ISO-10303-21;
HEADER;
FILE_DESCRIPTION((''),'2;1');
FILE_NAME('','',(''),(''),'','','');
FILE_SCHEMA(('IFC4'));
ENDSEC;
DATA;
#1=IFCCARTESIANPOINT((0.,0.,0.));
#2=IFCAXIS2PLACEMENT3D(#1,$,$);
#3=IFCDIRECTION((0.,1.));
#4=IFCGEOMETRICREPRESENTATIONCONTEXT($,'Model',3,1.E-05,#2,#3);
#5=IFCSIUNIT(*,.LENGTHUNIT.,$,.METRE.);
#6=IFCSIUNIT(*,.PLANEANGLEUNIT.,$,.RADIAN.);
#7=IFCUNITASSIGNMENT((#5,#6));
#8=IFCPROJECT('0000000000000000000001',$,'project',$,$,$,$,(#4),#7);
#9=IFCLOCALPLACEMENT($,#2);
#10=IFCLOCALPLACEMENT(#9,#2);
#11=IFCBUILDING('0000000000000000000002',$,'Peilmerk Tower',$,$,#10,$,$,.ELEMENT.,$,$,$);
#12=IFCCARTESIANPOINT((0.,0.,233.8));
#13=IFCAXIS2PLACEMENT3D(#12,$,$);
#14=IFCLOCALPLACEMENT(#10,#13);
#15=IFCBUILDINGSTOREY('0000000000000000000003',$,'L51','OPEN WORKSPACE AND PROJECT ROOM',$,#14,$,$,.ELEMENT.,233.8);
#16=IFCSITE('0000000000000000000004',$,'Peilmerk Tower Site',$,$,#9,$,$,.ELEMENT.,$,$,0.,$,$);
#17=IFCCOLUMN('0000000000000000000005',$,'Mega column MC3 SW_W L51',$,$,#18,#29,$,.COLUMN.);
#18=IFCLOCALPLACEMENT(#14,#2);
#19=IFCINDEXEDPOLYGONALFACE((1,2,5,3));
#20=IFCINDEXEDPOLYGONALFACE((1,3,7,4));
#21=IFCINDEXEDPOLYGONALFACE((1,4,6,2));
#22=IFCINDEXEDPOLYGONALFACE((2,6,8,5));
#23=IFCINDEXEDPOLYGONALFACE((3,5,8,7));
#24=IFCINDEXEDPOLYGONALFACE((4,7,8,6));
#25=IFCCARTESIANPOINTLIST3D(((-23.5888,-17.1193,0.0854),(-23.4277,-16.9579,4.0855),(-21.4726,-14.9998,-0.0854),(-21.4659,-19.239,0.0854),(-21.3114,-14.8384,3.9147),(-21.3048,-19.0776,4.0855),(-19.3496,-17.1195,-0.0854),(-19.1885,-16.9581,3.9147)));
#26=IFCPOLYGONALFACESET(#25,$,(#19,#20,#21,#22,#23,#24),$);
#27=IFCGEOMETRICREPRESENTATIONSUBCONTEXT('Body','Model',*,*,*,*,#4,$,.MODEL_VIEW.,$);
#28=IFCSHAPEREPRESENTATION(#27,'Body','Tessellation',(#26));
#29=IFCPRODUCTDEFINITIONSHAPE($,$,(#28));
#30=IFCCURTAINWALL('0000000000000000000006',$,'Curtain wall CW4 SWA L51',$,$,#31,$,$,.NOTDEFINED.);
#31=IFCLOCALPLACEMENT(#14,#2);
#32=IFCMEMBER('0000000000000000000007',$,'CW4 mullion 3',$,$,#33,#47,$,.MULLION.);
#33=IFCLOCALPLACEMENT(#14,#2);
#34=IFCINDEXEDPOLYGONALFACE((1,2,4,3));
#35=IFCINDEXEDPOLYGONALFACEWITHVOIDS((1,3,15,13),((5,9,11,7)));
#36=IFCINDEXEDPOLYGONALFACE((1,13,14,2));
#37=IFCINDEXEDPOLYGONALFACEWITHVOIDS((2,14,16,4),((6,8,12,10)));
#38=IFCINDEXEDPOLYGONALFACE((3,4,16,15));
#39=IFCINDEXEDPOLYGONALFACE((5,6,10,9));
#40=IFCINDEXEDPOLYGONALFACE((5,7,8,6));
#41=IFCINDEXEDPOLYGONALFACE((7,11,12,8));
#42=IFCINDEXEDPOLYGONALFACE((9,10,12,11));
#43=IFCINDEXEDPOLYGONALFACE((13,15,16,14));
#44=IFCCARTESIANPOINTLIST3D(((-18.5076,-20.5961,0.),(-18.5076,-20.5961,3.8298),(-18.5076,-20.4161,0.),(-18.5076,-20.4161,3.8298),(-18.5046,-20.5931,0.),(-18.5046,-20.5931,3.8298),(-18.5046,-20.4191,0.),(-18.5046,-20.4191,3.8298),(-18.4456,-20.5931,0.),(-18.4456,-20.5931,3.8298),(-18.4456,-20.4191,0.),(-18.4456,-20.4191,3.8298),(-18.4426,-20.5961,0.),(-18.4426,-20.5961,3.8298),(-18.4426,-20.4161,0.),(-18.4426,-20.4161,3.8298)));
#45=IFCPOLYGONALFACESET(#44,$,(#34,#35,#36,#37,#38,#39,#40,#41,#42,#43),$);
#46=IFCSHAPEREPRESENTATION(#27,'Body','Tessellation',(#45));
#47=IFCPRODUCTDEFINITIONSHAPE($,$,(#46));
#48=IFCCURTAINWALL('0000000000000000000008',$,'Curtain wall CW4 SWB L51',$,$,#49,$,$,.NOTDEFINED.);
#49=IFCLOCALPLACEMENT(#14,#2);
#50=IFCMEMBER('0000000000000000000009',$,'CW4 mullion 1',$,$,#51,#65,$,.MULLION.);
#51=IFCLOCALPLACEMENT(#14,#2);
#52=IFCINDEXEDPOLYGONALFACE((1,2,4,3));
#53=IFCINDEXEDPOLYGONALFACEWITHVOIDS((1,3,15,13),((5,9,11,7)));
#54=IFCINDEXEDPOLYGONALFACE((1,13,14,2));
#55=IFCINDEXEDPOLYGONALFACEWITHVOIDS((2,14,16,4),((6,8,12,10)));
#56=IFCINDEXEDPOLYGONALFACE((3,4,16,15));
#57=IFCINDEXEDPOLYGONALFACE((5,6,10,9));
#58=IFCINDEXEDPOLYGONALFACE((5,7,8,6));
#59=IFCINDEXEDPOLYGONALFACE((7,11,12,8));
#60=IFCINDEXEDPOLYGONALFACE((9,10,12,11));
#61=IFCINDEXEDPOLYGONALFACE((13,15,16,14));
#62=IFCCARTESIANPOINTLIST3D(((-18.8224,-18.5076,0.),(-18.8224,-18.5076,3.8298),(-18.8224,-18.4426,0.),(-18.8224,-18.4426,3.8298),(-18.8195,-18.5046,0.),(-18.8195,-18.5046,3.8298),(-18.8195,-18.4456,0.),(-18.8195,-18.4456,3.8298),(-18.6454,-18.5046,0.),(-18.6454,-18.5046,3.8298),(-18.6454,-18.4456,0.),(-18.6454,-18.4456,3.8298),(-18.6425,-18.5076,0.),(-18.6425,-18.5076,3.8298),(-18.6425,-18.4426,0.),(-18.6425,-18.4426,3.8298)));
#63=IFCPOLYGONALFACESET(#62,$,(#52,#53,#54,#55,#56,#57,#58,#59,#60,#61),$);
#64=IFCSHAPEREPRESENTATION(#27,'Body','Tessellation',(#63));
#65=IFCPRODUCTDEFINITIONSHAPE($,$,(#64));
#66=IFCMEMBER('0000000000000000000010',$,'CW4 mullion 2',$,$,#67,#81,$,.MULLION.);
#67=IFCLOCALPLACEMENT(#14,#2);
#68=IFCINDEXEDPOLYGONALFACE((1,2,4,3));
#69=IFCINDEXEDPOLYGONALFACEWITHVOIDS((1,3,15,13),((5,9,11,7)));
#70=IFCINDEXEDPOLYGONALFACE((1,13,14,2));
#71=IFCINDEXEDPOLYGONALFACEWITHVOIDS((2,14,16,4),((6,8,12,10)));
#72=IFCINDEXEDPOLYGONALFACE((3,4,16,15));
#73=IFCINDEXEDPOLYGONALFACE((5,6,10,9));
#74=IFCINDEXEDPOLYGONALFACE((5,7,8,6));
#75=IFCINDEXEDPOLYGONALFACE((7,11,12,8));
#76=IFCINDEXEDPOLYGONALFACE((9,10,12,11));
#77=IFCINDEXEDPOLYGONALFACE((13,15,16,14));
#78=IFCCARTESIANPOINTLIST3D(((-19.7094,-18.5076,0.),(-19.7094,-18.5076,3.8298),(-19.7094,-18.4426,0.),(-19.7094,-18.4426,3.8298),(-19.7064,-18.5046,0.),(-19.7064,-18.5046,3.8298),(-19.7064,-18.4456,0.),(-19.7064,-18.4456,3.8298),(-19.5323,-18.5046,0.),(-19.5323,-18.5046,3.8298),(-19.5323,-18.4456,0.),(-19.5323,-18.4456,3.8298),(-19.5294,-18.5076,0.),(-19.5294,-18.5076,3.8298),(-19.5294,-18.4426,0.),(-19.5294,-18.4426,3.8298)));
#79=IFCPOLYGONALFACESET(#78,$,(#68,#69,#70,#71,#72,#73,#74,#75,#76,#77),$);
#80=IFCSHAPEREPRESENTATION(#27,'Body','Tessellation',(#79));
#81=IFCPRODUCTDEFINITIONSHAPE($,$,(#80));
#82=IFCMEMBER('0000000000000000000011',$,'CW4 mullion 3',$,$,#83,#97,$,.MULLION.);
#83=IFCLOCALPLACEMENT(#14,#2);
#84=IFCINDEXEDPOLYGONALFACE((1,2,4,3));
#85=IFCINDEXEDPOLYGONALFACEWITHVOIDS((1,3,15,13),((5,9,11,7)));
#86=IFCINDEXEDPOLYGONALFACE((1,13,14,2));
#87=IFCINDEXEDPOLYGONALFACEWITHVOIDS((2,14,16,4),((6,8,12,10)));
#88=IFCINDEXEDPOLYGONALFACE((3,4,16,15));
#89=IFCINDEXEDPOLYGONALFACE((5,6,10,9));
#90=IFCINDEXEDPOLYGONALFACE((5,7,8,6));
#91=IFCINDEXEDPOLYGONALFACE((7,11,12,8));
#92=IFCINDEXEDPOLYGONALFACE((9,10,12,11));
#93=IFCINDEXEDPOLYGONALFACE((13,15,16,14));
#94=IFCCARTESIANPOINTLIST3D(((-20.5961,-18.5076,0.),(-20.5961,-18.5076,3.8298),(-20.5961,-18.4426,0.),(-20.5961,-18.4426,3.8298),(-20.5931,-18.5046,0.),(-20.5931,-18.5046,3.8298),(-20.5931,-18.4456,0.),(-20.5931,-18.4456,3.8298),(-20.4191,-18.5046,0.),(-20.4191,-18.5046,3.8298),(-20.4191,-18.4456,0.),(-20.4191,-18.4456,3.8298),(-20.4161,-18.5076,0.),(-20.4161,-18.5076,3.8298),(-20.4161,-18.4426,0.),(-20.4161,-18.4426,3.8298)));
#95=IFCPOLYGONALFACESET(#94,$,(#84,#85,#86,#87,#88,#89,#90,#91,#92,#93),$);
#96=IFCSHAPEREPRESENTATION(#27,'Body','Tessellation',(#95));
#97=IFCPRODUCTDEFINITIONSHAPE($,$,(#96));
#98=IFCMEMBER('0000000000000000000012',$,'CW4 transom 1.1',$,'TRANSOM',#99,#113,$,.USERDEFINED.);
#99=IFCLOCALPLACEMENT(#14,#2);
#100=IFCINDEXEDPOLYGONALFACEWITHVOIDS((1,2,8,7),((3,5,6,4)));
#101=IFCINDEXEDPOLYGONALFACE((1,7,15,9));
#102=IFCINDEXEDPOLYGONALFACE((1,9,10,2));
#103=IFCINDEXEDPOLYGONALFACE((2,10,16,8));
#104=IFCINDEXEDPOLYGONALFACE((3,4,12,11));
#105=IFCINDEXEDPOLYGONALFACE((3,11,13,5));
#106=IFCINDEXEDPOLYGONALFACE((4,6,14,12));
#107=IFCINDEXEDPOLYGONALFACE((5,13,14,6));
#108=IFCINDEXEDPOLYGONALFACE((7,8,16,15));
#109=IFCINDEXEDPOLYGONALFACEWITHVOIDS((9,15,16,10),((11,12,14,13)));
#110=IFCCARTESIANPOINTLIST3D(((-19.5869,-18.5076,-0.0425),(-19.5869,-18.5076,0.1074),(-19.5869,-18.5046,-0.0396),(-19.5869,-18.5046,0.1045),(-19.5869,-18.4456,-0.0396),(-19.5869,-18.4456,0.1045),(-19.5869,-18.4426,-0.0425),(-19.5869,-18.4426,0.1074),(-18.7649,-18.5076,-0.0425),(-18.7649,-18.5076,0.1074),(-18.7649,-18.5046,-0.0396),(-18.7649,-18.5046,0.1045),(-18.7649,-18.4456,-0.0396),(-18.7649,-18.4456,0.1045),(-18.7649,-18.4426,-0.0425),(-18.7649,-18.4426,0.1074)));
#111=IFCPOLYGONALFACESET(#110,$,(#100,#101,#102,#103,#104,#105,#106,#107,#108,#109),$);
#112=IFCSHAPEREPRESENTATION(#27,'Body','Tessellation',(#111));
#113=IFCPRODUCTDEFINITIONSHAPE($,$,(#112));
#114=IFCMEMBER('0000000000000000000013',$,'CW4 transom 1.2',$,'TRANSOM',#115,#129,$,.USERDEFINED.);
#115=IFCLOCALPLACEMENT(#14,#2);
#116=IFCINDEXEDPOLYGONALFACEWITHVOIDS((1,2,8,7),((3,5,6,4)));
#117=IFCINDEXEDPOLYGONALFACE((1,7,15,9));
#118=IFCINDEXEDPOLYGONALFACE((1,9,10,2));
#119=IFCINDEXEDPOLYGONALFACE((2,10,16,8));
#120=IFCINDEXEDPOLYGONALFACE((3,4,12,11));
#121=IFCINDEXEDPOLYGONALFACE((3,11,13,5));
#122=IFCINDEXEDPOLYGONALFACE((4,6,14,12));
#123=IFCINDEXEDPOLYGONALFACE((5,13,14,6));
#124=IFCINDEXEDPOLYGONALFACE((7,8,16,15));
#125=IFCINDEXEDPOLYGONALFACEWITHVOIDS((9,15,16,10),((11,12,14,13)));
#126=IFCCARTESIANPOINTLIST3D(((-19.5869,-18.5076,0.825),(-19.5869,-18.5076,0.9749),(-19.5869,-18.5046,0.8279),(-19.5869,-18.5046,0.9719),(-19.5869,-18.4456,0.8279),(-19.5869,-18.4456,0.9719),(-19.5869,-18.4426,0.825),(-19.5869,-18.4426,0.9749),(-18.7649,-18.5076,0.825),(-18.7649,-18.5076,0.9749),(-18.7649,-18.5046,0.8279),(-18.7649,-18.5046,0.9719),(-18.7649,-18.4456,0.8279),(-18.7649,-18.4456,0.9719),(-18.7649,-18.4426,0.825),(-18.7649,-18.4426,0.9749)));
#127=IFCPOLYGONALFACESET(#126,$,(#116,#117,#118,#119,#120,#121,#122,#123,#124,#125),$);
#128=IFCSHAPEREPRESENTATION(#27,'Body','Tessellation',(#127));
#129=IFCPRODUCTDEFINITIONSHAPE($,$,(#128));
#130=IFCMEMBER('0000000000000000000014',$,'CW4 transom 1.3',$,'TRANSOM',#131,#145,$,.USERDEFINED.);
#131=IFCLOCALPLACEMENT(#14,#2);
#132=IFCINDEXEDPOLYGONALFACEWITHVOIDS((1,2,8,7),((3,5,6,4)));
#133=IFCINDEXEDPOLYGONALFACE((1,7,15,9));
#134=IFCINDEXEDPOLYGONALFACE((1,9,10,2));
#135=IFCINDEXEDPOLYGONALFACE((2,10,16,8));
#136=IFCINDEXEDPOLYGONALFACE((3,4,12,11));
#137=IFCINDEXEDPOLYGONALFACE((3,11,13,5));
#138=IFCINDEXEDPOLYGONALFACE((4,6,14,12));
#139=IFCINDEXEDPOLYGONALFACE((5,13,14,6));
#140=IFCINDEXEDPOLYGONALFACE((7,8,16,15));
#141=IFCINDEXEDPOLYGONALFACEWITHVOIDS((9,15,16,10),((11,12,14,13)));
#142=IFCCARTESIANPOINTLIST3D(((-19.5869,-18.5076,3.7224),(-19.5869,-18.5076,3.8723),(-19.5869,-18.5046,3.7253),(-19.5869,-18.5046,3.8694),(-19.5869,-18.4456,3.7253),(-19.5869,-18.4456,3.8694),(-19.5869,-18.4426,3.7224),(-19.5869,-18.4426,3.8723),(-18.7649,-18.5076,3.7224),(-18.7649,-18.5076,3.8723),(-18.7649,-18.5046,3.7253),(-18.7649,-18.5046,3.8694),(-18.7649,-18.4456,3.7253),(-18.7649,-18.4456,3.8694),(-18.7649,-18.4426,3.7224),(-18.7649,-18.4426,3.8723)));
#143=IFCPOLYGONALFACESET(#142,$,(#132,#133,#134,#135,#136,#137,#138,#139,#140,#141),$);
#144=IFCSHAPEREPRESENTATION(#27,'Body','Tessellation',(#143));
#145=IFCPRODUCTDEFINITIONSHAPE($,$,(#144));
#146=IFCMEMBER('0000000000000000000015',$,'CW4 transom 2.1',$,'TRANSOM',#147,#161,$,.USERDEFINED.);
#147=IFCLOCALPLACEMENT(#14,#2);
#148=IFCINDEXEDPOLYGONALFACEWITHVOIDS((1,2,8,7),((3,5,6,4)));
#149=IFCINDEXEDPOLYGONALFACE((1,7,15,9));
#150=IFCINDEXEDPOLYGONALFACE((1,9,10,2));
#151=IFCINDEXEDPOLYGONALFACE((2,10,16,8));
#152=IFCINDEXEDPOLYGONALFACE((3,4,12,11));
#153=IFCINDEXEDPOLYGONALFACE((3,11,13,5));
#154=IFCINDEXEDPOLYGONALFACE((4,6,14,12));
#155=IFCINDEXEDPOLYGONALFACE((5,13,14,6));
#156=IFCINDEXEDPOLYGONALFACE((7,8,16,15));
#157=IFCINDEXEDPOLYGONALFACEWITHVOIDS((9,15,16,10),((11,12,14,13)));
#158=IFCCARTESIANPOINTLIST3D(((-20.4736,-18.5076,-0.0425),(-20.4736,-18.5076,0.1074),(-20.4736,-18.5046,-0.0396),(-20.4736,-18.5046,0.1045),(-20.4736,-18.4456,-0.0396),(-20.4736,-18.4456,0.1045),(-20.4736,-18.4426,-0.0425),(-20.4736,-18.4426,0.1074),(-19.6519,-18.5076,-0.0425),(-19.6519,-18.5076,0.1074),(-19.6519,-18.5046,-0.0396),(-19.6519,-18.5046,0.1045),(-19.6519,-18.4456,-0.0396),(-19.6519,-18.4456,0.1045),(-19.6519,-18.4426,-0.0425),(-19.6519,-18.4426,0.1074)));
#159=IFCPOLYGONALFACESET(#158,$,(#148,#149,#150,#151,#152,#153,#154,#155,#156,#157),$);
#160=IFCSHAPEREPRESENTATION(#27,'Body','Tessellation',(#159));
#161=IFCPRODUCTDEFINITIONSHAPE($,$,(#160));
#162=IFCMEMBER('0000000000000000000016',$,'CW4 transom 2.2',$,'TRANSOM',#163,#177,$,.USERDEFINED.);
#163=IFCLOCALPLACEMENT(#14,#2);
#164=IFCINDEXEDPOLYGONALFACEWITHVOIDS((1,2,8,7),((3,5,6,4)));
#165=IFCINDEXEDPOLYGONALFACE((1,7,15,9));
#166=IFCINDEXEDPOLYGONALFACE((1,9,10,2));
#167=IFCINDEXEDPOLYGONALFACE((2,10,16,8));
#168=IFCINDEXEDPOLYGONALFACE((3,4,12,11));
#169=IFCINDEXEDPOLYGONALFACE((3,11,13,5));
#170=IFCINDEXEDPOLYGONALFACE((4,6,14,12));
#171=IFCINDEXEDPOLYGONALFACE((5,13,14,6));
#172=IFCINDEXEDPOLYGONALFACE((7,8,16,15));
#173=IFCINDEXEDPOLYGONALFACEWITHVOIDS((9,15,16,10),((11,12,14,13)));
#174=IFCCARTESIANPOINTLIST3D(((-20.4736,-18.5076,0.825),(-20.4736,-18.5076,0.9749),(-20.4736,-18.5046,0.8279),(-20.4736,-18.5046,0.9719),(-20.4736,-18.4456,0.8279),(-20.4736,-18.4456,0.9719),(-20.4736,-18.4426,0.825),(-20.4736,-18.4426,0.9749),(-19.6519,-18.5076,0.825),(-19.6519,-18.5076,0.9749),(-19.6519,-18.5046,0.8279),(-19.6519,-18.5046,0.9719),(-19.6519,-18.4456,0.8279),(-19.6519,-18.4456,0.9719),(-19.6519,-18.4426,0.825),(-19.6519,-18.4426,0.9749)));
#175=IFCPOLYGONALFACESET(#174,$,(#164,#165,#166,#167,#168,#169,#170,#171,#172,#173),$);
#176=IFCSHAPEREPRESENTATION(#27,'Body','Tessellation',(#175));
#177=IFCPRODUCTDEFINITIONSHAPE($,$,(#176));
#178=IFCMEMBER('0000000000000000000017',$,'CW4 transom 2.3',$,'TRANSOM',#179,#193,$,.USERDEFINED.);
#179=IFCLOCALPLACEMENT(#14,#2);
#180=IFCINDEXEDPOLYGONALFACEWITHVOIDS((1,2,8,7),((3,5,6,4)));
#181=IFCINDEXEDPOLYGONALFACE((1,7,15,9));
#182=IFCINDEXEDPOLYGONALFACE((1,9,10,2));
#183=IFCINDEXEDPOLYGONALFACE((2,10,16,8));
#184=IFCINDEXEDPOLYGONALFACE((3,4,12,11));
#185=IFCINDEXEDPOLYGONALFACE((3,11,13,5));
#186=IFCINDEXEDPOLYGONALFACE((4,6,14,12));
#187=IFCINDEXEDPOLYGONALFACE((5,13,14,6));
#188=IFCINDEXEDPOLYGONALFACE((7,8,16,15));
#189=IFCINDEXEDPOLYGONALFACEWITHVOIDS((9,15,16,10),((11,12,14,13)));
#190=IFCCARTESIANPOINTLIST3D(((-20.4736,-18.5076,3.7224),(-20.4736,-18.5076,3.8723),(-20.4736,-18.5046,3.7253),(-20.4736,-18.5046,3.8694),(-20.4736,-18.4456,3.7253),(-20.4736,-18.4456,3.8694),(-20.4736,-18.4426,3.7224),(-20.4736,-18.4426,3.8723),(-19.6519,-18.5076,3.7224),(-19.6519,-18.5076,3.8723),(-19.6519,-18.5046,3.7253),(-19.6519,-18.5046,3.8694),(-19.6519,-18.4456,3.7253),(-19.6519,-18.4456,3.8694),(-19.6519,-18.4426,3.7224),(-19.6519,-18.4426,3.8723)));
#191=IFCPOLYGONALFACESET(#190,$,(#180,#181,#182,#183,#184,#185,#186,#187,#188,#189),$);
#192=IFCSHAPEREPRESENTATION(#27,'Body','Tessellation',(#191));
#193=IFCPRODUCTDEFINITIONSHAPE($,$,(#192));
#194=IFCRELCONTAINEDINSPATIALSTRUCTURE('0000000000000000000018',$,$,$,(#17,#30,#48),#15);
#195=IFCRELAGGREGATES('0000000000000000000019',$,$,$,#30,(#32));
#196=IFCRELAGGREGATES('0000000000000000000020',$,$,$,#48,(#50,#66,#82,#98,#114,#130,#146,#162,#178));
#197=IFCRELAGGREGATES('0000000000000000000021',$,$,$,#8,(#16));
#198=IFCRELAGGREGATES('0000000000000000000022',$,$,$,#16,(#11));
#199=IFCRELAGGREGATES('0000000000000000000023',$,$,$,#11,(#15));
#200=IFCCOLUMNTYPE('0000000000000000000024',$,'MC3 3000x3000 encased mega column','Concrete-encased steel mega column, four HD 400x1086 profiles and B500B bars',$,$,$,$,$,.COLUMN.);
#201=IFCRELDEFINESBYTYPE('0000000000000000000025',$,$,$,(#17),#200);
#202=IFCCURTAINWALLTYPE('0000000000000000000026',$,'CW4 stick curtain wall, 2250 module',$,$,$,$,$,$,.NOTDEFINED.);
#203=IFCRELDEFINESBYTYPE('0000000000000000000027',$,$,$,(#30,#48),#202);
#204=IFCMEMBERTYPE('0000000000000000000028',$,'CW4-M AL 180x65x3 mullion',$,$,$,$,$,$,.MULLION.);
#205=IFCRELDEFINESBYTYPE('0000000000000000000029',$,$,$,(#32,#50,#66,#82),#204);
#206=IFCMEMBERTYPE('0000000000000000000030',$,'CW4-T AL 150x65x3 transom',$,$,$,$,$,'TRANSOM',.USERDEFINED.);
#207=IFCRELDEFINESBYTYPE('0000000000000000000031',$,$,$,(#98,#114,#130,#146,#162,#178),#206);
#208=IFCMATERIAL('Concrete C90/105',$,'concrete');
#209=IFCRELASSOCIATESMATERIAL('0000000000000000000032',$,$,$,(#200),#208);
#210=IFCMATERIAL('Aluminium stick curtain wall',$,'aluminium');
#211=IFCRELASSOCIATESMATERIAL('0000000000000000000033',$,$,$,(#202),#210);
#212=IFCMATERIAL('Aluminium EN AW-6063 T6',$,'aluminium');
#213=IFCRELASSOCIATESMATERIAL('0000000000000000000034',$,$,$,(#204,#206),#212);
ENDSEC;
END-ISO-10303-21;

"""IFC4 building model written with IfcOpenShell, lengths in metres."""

from ifc_helpers import new_model, si_unit, direction, frame, origin, origin_2d, place, context, subcontext, project, spatial, rectangle, hollow_rectangle, extrude, material, material_profile, profile_set, type_object, element, aggregate, save


model = new_model("IFC4")

# Units and contexts
model_context = context("Model", 3, precision=1e-05, world=origin(), true_north=direction((0.0, 1.0)))
body_context = subcontext(model_context, "Body", "Model", "MODEL_VIEW")
ifc_project = project(units=[si_unit("LENGTHUNIT", "METRE"), si_unit("PLANEANGLEUNIT", "RADIAN")], contexts=[model_context])

# Site, building, storey
site_placement = place(None, origin())
site = spatial("IfcSite", under=ifc_project, at=site_placement, Name="Peilmerk Tower Site", CompositionType="ELEMENT", RefElevation=0.0)
building_placement = place(site_placement, origin())
building = spatial("IfcBuilding", under=site, at=building_placement, Name="Peilmerk Tower", CompositionType="ELEMENT")
storey_placement = place(building_placement, frame((0.0, 0.0, 233.8)))
storey = spatial("IfcBuildingStorey", under=building, at=storey_placement, Name="L51", Description="OPEN WORKSPACE AND PROJECT ROOM", CompositionType="ELEMENT", Elevation=233.8)

# Column
ifc_material_1 = material(Name="Concrete C90/105", Category="concrete")
ifc_material_profile_1 = material_profile(ifc_material_1, rectangle(XDim=3.0, YDim=3.0, at=origin_2d()), Name="RC 3000x3000")
ifc_profile_set_1 = profile_set([ifc_material_profile_1], Name="Concrete C90/105")
column_type = type_object("IfcColumnType", Name="MC3 3000x3000 encased mega column", Description="Concrete-encased steel mega column, four HD 400x1086 profiles and B500B bars", PredefinedType="COLUMN", material=ifc_profile_set_1)
column_placement = place(storey_placement, frame((-21.4692, -17.1194, 0.0), z_axis=(0.040218, 0.040279, 0.998379), x_axis=(-0.707642, 0.706571, 0.0)))
element("IfcColumn", 1, at=column_placement, inside=storey, type_object=column_type, Name="Mega column MC3 SW_W L51", PredefinedType="COLUMN", context=body_context, shape_type="SweptSolid", body=[
    extrude(rectangle(XDim=3.0, YDim=3.0, at=origin_2d()), origin(), (0.0, 0.0, 1.0), 4.0066),
])

# Curtain wall, member
ifc_material_2 = material(Name="Aluminium stick curtain wall", Category="aluminium")
curtain_wall_type = type_object("IfcCurtainWallType", Name="CW4 stick curtain wall, 2250 module", PredefinedType="NOTDEFINED", material=ifc_material_2)
curtain_wall_1_placement = place(storey_placement, origin())
curtain_wall_1 = element("IfcCurtainWall", 2, at=curtain_wall_1_placement, inside=storey, type_object=curtain_wall_type, Name="Curtain wall CW4 SWA L51", PredefinedType="NOTDEFINED")
ifc_material_3 = material(Name="Aluminium EN AW-6063 T6", Category="aluminium")
ifc_material_profile_2 = material_profile(ifc_material_3, hollow_rectangle(XDim=0.0649, YDim=0.1799, WallThickness=0.0029, at=origin_2d()), Name="AL 180x65x3")
ifc_profile_set_2 = profile_set([ifc_material_profile_2], Name="Aluminium EN AW-6063 T6")
member_type_1 = type_object("IfcMemberType", Name="CW4-M AL 180x65x3 mullion", PredefinedType="MULLION", material=ifc_profile_set_2)
member_1_placement = place(storey_placement, frame((-18.4751, -20.5061, 0.0), z_axis=(0.0, 0.0, 1.0), x_axis=(1.0, 0.0, 0.0)))
member_1 = element("IfcMember", 3, at=member_1_placement, type_object=member_type_1, Name="CW4 mullion 3", PredefinedType="MULLION", context=body_context, shape_type="SweptSolid", body=[
    extrude(hollow_rectangle(XDim=0.0649, YDim=0.1799, WallThickness=0.0029, at=origin_2d()), origin(), (0.0, 0.0, 1.0), 3.8298),
])

# Curtain wall, members
curtain_wall_2_placement = place(storey_placement, origin())
curtain_wall_2 = element("IfcCurtainWall", 4, at=curtain_wall_2_placement, inside=storey, type_object=curtain_wall_type, Name="Curtain wall CW4 SWB L51", PredefinedType="NOTDEFINED")
member_2_placement = place(storey_placement, frame((-18.7324, -18.4751, 0.0), z_axis=(0.0, 0.0, 1.0), x_axis=(0.0, -1.0, 0.0)))
member_2 = element("IfcMember", 5, at=member_2_placement, type_object=member_type_1, Name="CW4 mullion 1", PredefinedType="MULLION", context=body_context, shape_type="SweptSolid", body=[
    extrude(hollow_rectangle(XDim=0.0649, YDim=0.1799, WallThickness=0.0029, at=origin_2d()), origin(), (0.0, 0.0, 1.0), 3.8298),
])
member_3_placement = place(storey_placement, frame((-19.6194, -18.4751, 0.0), z_axis=(0.0, 0.0, 1.0), x_axis=(0.0, -1.0, 0.0)))
member_3 = element("IfcMember", 6, at=member_3_placement, type_object=member_type_1, Name="CW4 mullion 2", PredefinedType="MULLION", context=body_context, shape_type="SweptSolid", body=[
    extrude(hollow_rectangle(XDim=0.0649, YDim=0.1799, WallThickness=0.0029, at=origin_2d()), origin(), (0.0, 0.0, 1.0), 3.8298),
])
member_4_placement = place(storey_placement, frame((-20.5061, -18.4751, 0.0), z_axis=(0.0, 0.0, 1.0), x_axis=(0.0, -1.0, 0.0)))
member_4 = element("IfcMember", 7, at=member_4_placement, type_object=member_type_1, Name="CW4 mullion 3", PredefinedType="MULLION", context=body_context, shape_type="SweptSolid", body=[
    extrude(hollow_rectangle(XDim=0.0649, YDim=0.1799, WallThickness=0.0029, at=origin_2d()), origin(), (0.0, 0.0, 1.0), 3.8298),
])
ifc_material_profile_3 = material_profile(ifc_material_3, hollow_rectangle(XDim=0.0649, YDim=0.1499, WallThickness=0.0029, at=origin_2d()), Name="AL 150x65x3")
ifc_profile_set_3 = profile_set([ifc_material_profile_3], Name="Aluminium EN AW-6063 T6")
member_type_2 = type_object("IfcMemberType", Name="CW4-T AL 150x65x3 transom", ElementType="TRANSOM", PredefinedType="USERDEFINED", material=ifc_profile_set_3)
member_5_placement = place(storey_placement, frame((-18.7649, -18.4751, 0.0325), z_axis=(-1.0, 0.0, 0.0), x_axis=(0.0, -1.0, 0.0)))
member_5 = element("IfcMember", 8, at=member_5_placement, type_object=member_type_2, Name="CW4 transom 1.1", ObjectType="TRANSOM", PredefinedType="USERDEFINED", context=body_context, shape_type="SweptSolid", body=[
    extrude(hollow_rectangle(XDim=0.0649, YDim=0.1499, WallThickness=0.0029, at=origin_2d()), origin(), (0.0, 0.0, 1.0), 0.822),
])
member_6_placement = place(storey_placement, frame((-18.7649, -18.4751, 0.8999), z_axis=(-1.0, 0.0, 0.0), x_axis=(0.0, -1.0, 0.0)))
member_6 = element("IfcMember", 9, at=member_6_placement, type_object=member_type_2, Name="CW4 transom 1.2", ObjectType="TRANSOM", PredefinedType="USERDEFINED", context=body_context, shape_type="SweptSolid", body=[
    extrude(hollow_rectangle(XDim=0.0649, YDim=0.1499, WallThickness=0.0029, at=origin_2d()), origin(), (0.0, 0.0, 1.0), 0.822),
])
member_7_placement = place(storey_placement, frame((-18.7649, -18.4751, 3.7974), z_axis=(-1.0, 0.0, 0.0), x_axis=(0.0, -1.0, 0.0)))
member_7 = element("IfcMember", 10, at=member_7_placement, type_object=member_type_2, Name="CW4 transom 1.3", ObjectType="TRANSOM", PredefinedType="USERDEFINED", context=body_context, shape_type="SweptSolid", body=[
    extrude(hollow_rectangle(XDim=0.0649, YDim=0.1499, WallThickness=0.0029, at=origin_2d()), origin(), (0.0, 0.0, 1.0), 0.822),
])
member_8_placement = place(storey_placement, frame((-19.6519, -18.4751, 0.0325), z_axis=(-1.0, 0.0, 0.0), x_axis=(0.0, -1.0, 0.0)))
member_8 = element("IfcMember", 11, at=member_8_placement, type_object=member_type_2, Name="CW4 transom 2.1", ObjectType="TRANSOM", PredefinedType="USERDEFINED", context=body_context, shape_type="SweptSolid", body=[
    extrude(hollow_rectangle(XDim=0.0649, YDim=0.1499, WallThickness=0.0029, at=origin_2d()), origin(), (0.0, 0.0, 1.0), 0.8218),
])
member_9_placement = place(storey_placement, frame((-19.6519, -18.4751, 0.8999), z_axis=(-1.0, 0.0, 0.0), x_axis=(0.0, -1.0, 0.0)))
member_9 = element("IfcMember", 12, at=member_9_placement, type_object=member_type_2, Name="CW4 transom 2.2", ObjectType="TRANSOM", PredefinedType="USERDEFINED", context=body_context, shape_type="SweptSolid", body=[
    extrude(hollow_rectangle(XDim=0.0649, YDim=0.1499, WallThickness=0.0029, at=origin_2d()), origin(), (0.0, 0.0, 1.0), 0.8218),
])
member_10_placement = place(storey_placement, frame((-19.6519, -18.4751, 3.7974), z_axis=(-1.0, 0.0, 0.0), x_axis=(0.0, -1.0, 0.0)))
member_10 = element("IfcMember", 13, at=member_10_placement, type_object=member_type_2, Name="CW4 transom 2.3", ObjectType="TRANSOM", PredefinedType="USERDEFINED", context=body_context, shape_type="SweptSolid", body=[
    extrude(hollow_rectangle(XDim=0.0649, YDim=0.1499, WallThickness=0.0029, at=origin_2d()), origin(), (0.0, 0.0, 1.0), 0.8218),
])

aggregate(curtain_wall_1, [member_1])
aggregate(curtain_wall_2, [member_2, member_3, member_4, member_5, member_6, member_7, member_8, member_9, member_10])

save(model, "model.ifc")
